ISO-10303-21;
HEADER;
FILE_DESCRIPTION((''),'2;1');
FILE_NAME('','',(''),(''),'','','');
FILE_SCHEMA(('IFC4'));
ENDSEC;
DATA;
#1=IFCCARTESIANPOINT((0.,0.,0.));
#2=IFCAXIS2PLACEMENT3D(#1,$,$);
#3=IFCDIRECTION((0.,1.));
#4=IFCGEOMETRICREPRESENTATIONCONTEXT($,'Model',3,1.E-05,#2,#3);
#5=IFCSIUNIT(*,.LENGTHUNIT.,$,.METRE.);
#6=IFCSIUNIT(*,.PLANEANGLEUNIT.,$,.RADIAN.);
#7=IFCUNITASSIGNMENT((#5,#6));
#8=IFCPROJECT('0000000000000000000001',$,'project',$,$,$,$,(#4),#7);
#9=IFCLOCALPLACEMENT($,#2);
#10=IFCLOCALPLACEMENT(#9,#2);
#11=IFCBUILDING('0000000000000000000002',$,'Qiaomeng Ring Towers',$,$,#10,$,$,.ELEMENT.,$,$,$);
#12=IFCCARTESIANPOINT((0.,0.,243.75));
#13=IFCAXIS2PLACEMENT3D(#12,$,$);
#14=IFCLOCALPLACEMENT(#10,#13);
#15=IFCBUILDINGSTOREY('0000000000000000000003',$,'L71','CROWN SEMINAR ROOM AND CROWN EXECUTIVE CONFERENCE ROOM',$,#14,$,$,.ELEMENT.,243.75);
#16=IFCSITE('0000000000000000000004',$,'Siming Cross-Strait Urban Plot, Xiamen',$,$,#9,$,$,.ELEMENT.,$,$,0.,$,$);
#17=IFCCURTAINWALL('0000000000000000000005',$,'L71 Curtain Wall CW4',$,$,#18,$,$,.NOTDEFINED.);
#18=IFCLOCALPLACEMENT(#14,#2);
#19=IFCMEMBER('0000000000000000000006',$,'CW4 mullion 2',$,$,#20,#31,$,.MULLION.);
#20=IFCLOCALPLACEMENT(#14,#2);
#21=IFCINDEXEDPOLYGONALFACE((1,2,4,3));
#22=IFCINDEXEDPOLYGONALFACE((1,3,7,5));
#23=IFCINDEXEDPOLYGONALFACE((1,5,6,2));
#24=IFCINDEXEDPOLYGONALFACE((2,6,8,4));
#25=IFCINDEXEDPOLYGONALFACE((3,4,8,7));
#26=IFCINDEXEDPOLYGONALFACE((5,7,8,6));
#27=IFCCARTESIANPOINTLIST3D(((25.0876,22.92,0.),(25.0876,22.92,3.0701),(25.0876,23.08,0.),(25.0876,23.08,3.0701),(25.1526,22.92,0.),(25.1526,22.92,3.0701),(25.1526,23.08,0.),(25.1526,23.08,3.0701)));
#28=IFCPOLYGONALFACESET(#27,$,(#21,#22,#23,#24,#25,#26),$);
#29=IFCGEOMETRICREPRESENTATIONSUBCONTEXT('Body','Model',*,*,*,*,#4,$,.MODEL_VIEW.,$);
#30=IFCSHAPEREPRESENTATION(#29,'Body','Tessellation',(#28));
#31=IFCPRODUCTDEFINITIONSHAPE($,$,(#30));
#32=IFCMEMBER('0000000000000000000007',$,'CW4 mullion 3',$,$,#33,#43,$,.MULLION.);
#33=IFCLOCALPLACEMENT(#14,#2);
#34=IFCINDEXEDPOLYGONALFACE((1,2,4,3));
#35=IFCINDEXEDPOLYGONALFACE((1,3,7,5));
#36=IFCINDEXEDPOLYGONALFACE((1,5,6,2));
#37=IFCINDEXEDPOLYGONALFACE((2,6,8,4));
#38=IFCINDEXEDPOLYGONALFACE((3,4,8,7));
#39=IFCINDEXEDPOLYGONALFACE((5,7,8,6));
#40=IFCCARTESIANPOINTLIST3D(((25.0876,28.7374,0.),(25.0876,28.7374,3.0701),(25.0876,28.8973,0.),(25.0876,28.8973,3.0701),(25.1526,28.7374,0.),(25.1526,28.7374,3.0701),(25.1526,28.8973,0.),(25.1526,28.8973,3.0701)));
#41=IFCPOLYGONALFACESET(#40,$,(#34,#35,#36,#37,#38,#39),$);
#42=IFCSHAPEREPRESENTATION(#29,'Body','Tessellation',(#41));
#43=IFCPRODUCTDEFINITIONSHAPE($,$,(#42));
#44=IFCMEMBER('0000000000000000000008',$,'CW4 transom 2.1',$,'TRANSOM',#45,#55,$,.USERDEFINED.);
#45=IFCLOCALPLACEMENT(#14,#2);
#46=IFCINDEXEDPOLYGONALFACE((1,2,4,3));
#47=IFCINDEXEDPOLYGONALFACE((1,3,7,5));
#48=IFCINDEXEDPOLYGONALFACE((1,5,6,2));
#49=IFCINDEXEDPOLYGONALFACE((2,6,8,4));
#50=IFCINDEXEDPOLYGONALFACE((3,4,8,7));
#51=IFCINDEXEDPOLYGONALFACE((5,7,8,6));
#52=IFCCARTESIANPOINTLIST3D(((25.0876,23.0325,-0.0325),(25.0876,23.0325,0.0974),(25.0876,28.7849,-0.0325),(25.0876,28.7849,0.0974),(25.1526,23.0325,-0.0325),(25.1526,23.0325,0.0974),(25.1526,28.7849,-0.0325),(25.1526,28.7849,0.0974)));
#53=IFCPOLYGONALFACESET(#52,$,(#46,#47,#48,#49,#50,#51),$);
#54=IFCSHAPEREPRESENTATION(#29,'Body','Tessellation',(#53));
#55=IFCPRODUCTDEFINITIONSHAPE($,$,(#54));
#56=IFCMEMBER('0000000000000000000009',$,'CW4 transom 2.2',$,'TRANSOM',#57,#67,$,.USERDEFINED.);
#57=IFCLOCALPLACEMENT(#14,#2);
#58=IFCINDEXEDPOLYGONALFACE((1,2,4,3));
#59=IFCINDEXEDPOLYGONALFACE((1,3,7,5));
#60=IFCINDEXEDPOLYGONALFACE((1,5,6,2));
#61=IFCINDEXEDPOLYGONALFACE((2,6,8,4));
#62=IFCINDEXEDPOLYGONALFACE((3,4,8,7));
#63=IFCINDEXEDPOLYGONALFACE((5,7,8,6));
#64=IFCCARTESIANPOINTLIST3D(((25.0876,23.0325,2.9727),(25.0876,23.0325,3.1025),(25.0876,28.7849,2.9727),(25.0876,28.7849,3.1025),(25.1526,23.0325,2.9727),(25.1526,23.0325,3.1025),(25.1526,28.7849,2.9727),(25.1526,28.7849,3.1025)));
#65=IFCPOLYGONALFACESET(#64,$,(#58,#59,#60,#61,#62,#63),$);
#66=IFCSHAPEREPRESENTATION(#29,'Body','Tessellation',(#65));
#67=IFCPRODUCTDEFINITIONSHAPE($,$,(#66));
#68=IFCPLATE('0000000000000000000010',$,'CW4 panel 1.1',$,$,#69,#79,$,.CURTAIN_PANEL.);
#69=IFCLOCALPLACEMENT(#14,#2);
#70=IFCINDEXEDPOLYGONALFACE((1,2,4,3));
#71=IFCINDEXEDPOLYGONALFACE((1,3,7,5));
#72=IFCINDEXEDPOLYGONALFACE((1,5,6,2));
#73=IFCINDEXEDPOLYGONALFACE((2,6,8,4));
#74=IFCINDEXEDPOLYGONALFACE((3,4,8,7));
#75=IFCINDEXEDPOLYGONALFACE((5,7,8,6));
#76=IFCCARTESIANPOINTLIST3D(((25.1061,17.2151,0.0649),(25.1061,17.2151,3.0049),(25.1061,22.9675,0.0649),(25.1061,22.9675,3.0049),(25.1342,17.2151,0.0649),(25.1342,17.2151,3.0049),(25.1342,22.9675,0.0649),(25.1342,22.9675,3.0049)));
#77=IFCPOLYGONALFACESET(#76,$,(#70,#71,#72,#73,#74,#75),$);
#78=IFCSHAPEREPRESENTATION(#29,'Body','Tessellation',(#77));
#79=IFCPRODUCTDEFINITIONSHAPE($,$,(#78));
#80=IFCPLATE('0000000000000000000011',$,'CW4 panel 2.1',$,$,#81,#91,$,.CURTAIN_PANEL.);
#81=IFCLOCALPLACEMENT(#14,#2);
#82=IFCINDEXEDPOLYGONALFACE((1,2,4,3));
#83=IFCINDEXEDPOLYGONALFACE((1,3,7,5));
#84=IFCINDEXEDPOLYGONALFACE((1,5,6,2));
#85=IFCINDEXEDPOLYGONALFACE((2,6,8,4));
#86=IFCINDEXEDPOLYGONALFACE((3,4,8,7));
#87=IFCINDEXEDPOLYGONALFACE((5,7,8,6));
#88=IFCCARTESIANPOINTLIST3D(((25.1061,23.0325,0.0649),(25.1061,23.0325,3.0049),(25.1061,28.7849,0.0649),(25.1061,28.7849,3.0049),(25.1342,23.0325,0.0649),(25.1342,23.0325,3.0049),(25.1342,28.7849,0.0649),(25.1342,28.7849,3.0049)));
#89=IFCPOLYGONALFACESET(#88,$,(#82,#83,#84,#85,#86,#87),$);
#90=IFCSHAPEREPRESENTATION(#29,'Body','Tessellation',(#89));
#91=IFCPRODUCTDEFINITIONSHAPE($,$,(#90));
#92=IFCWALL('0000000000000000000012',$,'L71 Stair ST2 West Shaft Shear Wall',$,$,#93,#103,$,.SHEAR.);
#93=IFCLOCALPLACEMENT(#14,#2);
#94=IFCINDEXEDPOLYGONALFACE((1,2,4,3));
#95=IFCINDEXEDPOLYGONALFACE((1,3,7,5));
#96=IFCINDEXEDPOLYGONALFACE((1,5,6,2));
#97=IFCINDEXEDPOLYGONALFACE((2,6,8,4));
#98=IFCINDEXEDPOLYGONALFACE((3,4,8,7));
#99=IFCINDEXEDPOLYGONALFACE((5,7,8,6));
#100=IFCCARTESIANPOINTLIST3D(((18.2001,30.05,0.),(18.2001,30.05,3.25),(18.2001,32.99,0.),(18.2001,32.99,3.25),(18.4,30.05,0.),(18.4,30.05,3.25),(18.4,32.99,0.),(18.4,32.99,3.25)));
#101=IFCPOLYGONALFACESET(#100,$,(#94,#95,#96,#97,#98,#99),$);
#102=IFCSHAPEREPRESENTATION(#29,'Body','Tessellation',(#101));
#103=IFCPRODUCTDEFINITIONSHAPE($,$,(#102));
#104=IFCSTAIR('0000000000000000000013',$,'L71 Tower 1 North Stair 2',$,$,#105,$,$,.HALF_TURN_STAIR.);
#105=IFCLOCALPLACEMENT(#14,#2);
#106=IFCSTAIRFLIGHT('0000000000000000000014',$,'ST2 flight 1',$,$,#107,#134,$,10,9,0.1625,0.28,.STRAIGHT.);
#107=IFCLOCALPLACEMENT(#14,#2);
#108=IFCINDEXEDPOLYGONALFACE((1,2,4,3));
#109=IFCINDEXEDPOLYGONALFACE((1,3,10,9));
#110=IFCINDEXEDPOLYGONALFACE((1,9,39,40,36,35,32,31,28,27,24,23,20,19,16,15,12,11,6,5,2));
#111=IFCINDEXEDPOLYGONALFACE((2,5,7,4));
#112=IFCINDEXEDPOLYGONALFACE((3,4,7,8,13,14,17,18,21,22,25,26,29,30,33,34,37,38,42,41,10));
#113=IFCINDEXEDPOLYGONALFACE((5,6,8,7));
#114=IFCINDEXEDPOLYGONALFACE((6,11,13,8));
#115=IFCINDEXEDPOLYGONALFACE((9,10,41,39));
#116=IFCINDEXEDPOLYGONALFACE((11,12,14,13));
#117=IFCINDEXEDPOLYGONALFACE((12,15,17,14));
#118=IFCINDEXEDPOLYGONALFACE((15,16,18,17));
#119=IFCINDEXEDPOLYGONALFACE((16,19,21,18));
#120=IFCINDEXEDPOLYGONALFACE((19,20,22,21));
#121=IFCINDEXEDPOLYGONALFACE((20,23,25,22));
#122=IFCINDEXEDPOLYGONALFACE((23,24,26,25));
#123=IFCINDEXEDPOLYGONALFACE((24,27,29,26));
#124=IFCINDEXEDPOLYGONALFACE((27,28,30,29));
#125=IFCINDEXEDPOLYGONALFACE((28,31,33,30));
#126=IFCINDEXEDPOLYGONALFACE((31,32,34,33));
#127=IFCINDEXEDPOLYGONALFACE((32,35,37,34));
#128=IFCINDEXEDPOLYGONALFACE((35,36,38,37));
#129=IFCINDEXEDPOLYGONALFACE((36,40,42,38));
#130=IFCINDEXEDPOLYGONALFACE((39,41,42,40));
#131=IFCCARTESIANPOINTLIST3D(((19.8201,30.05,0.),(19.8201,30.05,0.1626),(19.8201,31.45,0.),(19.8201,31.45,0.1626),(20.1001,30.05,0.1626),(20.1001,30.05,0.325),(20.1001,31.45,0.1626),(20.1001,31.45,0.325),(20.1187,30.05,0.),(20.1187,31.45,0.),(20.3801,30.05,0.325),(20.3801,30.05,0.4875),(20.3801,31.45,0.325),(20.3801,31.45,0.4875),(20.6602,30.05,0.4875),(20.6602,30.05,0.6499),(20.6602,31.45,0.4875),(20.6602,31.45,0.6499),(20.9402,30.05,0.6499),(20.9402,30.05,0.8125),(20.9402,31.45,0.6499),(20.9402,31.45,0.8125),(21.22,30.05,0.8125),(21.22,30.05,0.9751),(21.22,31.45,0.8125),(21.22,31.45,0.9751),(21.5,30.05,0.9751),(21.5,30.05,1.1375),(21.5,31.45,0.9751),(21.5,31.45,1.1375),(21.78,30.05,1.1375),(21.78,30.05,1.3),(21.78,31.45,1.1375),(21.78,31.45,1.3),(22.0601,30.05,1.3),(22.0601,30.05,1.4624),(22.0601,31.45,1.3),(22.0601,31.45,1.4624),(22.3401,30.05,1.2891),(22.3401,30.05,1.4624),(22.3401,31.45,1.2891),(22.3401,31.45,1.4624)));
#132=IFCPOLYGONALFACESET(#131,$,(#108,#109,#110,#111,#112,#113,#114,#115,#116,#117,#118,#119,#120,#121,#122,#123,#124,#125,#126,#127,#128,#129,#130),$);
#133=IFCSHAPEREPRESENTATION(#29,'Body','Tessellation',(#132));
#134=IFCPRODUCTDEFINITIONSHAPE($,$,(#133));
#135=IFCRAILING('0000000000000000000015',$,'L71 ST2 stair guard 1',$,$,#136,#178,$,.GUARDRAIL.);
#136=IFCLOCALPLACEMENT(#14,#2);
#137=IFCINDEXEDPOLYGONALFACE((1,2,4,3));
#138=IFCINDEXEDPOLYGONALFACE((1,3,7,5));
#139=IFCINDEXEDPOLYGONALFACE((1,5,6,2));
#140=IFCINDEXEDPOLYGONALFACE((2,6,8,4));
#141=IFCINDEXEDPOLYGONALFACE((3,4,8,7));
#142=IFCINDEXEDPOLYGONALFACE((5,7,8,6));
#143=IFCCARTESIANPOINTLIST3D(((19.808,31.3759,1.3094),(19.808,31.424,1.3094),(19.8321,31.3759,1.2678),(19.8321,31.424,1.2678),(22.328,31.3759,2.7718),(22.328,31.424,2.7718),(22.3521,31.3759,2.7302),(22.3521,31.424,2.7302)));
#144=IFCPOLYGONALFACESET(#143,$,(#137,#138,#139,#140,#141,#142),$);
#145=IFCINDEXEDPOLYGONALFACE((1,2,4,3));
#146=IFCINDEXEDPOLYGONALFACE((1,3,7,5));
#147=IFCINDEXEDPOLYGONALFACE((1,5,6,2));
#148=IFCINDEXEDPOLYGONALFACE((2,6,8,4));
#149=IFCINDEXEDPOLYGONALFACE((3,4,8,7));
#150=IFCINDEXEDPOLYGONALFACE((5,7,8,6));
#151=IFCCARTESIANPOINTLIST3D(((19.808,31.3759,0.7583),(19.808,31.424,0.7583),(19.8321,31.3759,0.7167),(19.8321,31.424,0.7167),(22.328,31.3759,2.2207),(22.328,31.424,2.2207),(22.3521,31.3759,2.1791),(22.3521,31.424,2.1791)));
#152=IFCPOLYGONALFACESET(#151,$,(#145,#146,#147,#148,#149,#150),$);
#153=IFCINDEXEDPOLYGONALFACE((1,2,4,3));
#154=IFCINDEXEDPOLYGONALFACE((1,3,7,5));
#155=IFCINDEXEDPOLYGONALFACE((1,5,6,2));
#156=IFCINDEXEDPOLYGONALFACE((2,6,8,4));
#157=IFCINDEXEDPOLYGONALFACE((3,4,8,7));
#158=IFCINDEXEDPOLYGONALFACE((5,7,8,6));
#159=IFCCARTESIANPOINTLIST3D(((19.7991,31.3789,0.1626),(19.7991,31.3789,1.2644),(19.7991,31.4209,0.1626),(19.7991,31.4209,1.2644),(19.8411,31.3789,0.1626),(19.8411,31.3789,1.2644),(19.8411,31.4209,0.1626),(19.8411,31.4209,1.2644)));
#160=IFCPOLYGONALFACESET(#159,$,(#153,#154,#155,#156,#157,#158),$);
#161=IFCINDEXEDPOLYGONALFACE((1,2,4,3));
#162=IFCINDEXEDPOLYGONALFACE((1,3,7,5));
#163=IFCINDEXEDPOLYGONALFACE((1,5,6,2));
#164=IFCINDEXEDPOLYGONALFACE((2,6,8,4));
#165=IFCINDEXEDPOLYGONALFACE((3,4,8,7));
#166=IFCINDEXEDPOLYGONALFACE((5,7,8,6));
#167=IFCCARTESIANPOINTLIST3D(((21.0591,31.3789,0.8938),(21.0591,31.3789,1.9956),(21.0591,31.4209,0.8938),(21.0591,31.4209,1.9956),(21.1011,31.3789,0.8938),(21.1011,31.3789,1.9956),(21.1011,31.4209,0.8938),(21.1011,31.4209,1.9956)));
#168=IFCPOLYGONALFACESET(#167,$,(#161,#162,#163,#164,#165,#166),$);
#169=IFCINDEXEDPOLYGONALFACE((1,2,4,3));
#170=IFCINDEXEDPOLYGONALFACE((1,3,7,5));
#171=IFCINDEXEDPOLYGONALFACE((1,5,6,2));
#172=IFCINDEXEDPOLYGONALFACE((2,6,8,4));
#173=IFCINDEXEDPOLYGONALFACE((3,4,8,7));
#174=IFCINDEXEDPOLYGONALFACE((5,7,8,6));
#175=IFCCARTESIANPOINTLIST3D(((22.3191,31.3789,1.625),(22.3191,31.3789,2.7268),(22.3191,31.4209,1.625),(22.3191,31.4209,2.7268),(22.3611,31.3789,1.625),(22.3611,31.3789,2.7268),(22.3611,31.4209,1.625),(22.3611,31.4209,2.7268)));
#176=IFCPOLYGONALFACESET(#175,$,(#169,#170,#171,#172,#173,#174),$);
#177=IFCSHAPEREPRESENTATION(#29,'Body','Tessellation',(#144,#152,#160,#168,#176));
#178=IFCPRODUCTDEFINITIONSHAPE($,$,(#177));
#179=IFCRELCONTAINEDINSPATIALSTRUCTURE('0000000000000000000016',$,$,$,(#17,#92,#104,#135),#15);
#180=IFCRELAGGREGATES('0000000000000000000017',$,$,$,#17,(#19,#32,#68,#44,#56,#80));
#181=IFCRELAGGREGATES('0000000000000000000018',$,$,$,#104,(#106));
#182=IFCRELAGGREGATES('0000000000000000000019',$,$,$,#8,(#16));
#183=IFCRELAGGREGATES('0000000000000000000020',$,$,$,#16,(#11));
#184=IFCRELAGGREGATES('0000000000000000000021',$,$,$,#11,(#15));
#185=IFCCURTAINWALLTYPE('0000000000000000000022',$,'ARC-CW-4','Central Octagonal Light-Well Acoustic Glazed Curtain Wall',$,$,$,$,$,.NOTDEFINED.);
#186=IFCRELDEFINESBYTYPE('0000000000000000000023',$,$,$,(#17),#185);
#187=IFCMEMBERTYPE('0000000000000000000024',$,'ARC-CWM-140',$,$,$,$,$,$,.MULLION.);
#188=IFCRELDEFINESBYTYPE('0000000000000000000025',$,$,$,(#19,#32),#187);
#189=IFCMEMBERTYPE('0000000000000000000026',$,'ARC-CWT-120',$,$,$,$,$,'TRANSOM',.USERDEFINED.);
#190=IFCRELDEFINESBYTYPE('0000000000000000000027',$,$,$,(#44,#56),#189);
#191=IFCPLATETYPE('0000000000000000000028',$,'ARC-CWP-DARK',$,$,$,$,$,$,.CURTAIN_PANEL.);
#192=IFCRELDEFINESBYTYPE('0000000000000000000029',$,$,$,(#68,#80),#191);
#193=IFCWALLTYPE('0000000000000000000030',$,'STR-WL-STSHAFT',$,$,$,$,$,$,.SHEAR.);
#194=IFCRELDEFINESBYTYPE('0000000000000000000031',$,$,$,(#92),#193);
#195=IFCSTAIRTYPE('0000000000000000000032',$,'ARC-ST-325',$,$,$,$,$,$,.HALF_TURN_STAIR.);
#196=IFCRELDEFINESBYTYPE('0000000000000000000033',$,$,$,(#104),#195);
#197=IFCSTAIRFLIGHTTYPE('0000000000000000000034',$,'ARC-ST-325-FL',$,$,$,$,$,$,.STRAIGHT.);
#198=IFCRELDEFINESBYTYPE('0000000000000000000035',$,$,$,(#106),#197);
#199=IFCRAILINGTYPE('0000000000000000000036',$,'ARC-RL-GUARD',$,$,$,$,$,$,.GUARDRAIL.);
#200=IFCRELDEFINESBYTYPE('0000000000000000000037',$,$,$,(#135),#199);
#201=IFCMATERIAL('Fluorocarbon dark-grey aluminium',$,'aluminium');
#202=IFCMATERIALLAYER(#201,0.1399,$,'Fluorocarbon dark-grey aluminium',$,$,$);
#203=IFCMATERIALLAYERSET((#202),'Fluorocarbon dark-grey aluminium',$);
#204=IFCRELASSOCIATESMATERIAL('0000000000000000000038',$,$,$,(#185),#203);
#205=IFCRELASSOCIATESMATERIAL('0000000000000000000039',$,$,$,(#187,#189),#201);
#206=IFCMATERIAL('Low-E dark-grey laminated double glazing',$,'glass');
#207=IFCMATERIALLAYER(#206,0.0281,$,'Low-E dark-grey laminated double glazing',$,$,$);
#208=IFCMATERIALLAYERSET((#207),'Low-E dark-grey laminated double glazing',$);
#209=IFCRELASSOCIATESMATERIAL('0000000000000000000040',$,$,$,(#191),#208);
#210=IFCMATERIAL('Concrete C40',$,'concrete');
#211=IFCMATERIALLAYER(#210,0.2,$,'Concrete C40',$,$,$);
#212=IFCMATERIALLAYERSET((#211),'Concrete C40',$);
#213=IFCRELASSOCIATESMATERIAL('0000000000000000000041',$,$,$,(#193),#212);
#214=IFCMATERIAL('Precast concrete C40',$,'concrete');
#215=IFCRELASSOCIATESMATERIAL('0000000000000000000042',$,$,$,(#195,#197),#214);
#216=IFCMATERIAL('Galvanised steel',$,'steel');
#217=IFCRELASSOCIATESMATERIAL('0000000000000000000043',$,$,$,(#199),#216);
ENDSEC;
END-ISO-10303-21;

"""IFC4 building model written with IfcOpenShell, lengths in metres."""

from ifc_helpers import new_model, si_unit, direction, frame, frame_2d, origin, origin_2d, place, context, subcontext, project, spatial, polyline, rectangle, outline, extrude, source, transform, mapped, material, layer, layer_set, material_profile, profile_set, type_object, element, aggregate, save


model = new_model("IFC4")

# Units and contexts
model_context = context("Model", 3, precision=1e-05, world=origin(), true_north=direction((0.0, 1.0)))
body_context = subcontext(model_context, "Body", "Model", "MODEL_VIEW")
ifc_project = project(units=[si_unit("LENGTHUNIT", "METRE"), si_unit("PLANEANGLEUNIT", "RADIAN")], contexts=[model_context])

# Site, building, storey
site_placement = place(None, origin())
site = spatial("IfcSite", under=ifc_project, at=site_placement, Name="Siming Cross-Strait Urban Plot, Xiamen", CompositionType="ELEMENT", RefElevation=0.0)
building_placement = place(site_placement, origin())
building = spatial("IfcBuilding", under=site, at=building_placement, Name="Qiaomeng Ring Towers", CompositionType="ELEMENT")
storey_placement = place(building_placement, frame((0.0, 0.0, 243.75)))
storey = spatial("IfcBuildingStorey", under=building, at=storey_placement, Name="L71", Description="CROWN SEMINAR ROOM AND CROWN EXECUTIVE CONFERENCE ROOM", CompositionType="ELEMENT", Elevation=243.75)

# Curtain wall, members, plates
ifc_material_1 = material(Name="Fluorocarbon dark-grey aluminium", Category="aluminium")
ifc_layer_1 = layer(ifc_material_1, 0.1399, Name="Fluorocarbon dark-grey aluminium")
ifc_layer_set_1 = layer_set([ifc_layer_1], Name="Fluorocarbon dark-grey aluminium")
curtain_wall_type = type_object("IfcCurtainWallType", Name="ARC-CW-4", Description="Central Octagonal Light-Well Acoustic Glazed Curtain Wall", PredefinedType="NOTDEFINED", material=ifc_layer_set_1)
curtain_wall_placement = place(storey_placement, origin())
curtain_wall = element("IfcCurtainWall", 1, at=curtain_wall_placement, inside=storey, type_object=curtain_wall_type, Name="L71 Curtain Wall CW4", PredefinedType="NOTDEFINED")
ifc_material_profile_1 = material_profile(ifc_material_1, rectangle(XDim=0.0649, YDim=0.1599, at=origin_2d()), Name="ALU MULL 65x160")
ifc_profile_set_1 = profile_set([ifc_material_profile_1], Name="Fluorocarbon dark-grey aluminium")
member_type_1 = type_object("IfcMemberType", Name="ARC-CWM-140", PredefinedType="MULLION", material=ifc_profile_set_1)
shared_shape_1 = source(origin(), body_context, "Body", "SweptSolid", [
    extrude(rectangle(XDim=0.0649, YDim=0.1599, at=origin_2d()), origin(), (0.0, 0.0, 1.0), 3.0701),
])
member_1_placement = place(storey_placement, frame((25.1201, 23.0, 0.0), z_axis=(0.0, 0.0, 1.0), x_axis=(-1.0, 0.0, 0.0)))
member_1 = element("IfcMember", 2, at=member_1_placement, type_object=member_type_1, Name="CW4 mullion 2", PredefinedType="MULLION", context=body_context, shape_type="MappedRepresentation", body=[
    mapped(shared_shape_1, transform((0.0, 0.0, 0.0), x_axis=(1.0, 0.0, 0.0), y_axis=(0.0, 1.0, 0.0), z_axis=(0.0, 0.0, 1.0), scale=1.0)),
])
member_2_placement = place(storey_placement, frame((25.1201, 28.8174, 0.0), z_axis=(0.0, 0.0, 1.0), x_axis=(-1.0, 0.0, 0.0)))
member_2 = element("IfcMember", 3, at=member_2_placement, type_object=member_type_1, Name="CW4 mullion 3", PredefinedType="MULLION", context=body_context, shape_type="MappedRepresentation", body=[
    mapped(shared_shape_1, transform((0.0, 0.0, 0.0), x_axis=(1.0, 0.0, 0.0), y_axis=(0.0, 1.0, 0.0), z_axis=(0.0, 0.0, 1.0), scale=1.0)),
])
ifc_material_profile_2 = material_profile(ifc_material_1, rectangle(XDim=0.0649, YDim=0.1299, at=origin_2d()), Name="ALU TRAN 65x130")
ifc_profile_set_2 = profile_set([ifc_material_profile_2], Name="Fluorocarbon dark-grey aluminium")
member_type_2 = type_object("IfcMemberType", Name="ARC-CWT-120", ElementType="TRANSOM", PredefinedType="USERDEFINED", material=ifc_profile_set_2)
shared_shape_2 = source(origin(), body_context, "Body", "SweptSolid", [
    extrude(rectangle(XDim=0.0649, YDim=0.1299, at=origin_2d()), origin(), (0.0, 0.0, 1.0), 5.7524),
])
member_3_placement = place(storey_placement, frame((25.1201, 23.0325, 0.0325), z_axis=(0.0, 1.0, 0.0), x_axis=(-1.0, 0.0, 0.0)))
member_3 = element("IfcMember", 4, at=member_3_placement, type_object=member_type_2, Name="CW4 transom 2.1", ObjectType="TRANSOM", PredefinedType="USERDEFINED", context=body_context, shape_type="MappedRepresentation", body=[
    mapped(shared_shape_2, transform((0.0, 0.0, 0.0), x_axis=(1.0, 0.0, 0.0), y_axis=(0.0, 1.0, 0.0), z_axis=(0.0, 0.0, 1.0), scale=1.0)),
])
member_4_placement = place(storey_placement, frame((25.1201, 23.0325, 3.0376), z_axis=(0.0, 1.0, 0.0), x_axis=(-1.0, 0.0, 0.0)))
member_4 = element("IfcMember", 5, at=member_4_placement, type_object=member_type_2, Name="CW4 transom 2.2", ObjectType="TRANSOM", PredefinedType="USERDEFINED", context=body_context, shape_type="MappedRepresentation", body=[
    mapped(shared_shape_2, transform((0.0, 0.0, 0.0), x_axis=(1.0, 0.0, 0.0), y_axis=(0.0, 1.0, 0.0), z_axis=(0.0, 0.0, 1.0), scale=1.0)),
])
ifc_material_2 = material(Name="Low-E dark-grey laminated double glazing", Category="glass")
ifc_layer_2 = layer(ifc_material_2, 0.0281, Name="Low-E dark-grey laminated double glazing")
ifc_layer_set_2 = layer_set([ifc_layer_2], Name="Low-E dark-grey laminated double glazing")
plate_type = type_object("IfcPlateType", Name="ARC-CWP-DARK", PredefinedType="CURTAIN_PANEL", material=ifc_layer_set_2)
shared_shape_3 = source(origin(), body_context, "Body", "SweptSolid", [
    extrude(rectangle(XDim=5.7524, YDim=0.0281, at=origin_2d()), origin(), (0.0, 0.0, 1.0), 2.9399),
])
plate_1_placement = place(storey_placement, frame((25.1201, 20.0913, 0.0649), z_axis=(0.0, 0.0, 1.0), x_axis=(0.0, 1.0, 0.0)))
plate_1 = element("IfcPlate", 6, at=plate_1_placement, type_object=plate_type, Name="CW4 panel 1.1", PredefinedType="CURTAIN_PANEL", context=body_context, shape_type="MappedRepresentation", body=[
    mapped(shared_shape_3, transform((0.0, 0.0, 0.0), x_axis=(1.0, 0.0, 0.0), y_axis=(0.0, 1.0, 0.0), z_axis=(0.0, 0.0, 1.0), scale=1.0)),
])
plate_2_placement = place(storey_placement, frame((25.1201, 25.9087, 0.0649), z_axis=(0.0, 0.0, 1.0), x_axis=(0.0, 1.0, 0.0)))
plate_2 = element("IfcPlate", 7, at=plate_2_placement, type_object=plate_type, Name="CW4 panel 2.1", PredefinedType="CURTAIN_PANEL", context=body_context, shape_type="MappedRepresentation", body=[
    mapped(shared_shape_3, transform((0.0, 0.0, 0.0), x_axis=(1.0, 0.0, 0.0), y_axis=(0.0, 1.0, 0.0), z_axis=(0.0, 0.0, 1.0), scale=1.0)),
])
aggregate(curtain_wall, [member_1, member_2, plate_1, member_3, member_4, plate_2])

# Wall
ifc_material_3 = material(Name="Concrete C40", Category="concrete")
ifc_layer_3 = layer(ifc_material_3, 0.2, Name="Concrete C40")
ifc_layer_set_3 = layer_set([ifc_layer_3], Name="Concrete C40")
wall_type = type_object("IfcWallType", Name="STR-WL-STSHAFT", PredefinedType="SHEAR", material=ifc_layer_set_3)
wall_placement = place(storey_placement, frame((18.3, 30.05, 0.0), z_axis=(0.0, 0.0, 1.0), x_axis=(0.0, 1.0, 0.0)))
element("IfcWall", 8, at=wall_placement, inside=storey, type_object=wall_type, Name="L71 Stair ST2 West Shaft Shear Wall", PredefinedType="SHEAR", context=body_context, shape_type="SweptSolid", body=[
    extrude(rectangle(XDim=2.9399, YDim=0.2, at=frame_2d((1.47, 0.0))), origin(), (0.0, 0.0, 1.0), 3.25),
])

# Stair, stair flight
ifc_material_4 = material(Name="Precast concrete C40", Category="concrete")
stair_type = type_object("IfcStairType", Name="ARC-ST-325", PredefinedType="HALF_TURN_STAIR", material=ifc_material_4)
stair_placement = place(storey_placement, origin())
stair = element("IfcStair", 9, at=stair_placement, inside=storey, type_object=stair_type, Name="L71 Tower 1 North Stair 2", PredefinedType="HALF_TURN_STAIR")
stair_flight_type = type_object("IfcStairFlightType", Name="ARC-ST-325-FL", PredefinedType="STRAIGHT", material=ifc_material_4)
shared_shape_4 = source(origin(), body_context, "Body", "SweptSolid", [
    extrude(outline(polyline([(0.0, 0.0), (0.0, 0.1626), (0.28, 0.1626), (0.28, 0.325), (0.5601, 0.325), (0.5601, 0.4875), (0.8401, 0.4875), (0.8401, 0.6499), (1.1201, 0.6499), (1.1201, 0.8125), (1.3999, 0.8125), (1.3999, 0.9751), (1.6799, 0.9751), (1.6799, 1.1375), (1.96, 1.1375), (1.96, 1.3), (2.24, 1.3), (2.24, 1.4624), (2.52, 1.4624), (2.52, 1.625), (2.52, 1.2891), (0.2986, 0.0), (0.0, 0.0)])), frame((0.0, 0.7, 0.0), z_axis=(0.0, -1.0, 0.0), x_axis=(1.0, 0.0, 0.0)), (0.0, 0.0, 1.0), 1.3999),
])
stair_flight_placement = place(storey_placement, frame((19.8201, 30.75, 0.0), z_axis=(0.0, 0.0, 1.0), x_axis=(1.0, 0.0, 0.0)))
stair_flight = element("IfcStairFlight", 10, at=stair_flight_placement, type_object=stair_flight_type, Name="ST2 flight 1", NumberOfRisers=10, NumberOfTreads=9, PredefinedType="STRAIGHT", RiserHeight=0.1625, TreadLength=0.28, context=body_context, shape_type="MappedRepresentation", body=[
    mapped(shared_shape_4, transform((0.0, 0.0, 0.0), x_axis=(1.0, 0.0, 0.0), y_axis=(0.0, 1.0, 0.0), z_axis=(0.0, 0.0, 1.0), scale=1.0)),
])
aggregate(stair, [stair_flight])

# Railing
ifc_material_5 = material(Name="Galvanised steel", Category="steel")
railing_type_1 = type_object("IfcRailingType", Name="ARC-RL-GUARD", PredefinedType="GUARDRAIL", material=ifc_material_5)
railing_1_placement = place(storey_placement, frame((19.8201, 31.3999, 0.1626)))
element("IfcRailing", 11, at=railing_1_placement, inside=storey, type_object=railing_type_1, Name="L71 ST2 stair guard 1", PredefinedType="GUARDRAIL", context=body_context, shape_type="SweptSolid", body=[
    extrude(rectangle(XDim=0.0481, YDim=0.0481, at=origin_2d()), frame((0.0, 0.0, 1.126), z_axis=(0.864913, 0.0, 0.501921), x_axis=(0.0, 1.0, 0.0)), (0.0, 0.0, 1.0), 2.9136),
    extrude(rectangle(XDim=0.0481, YDim=0.0481, at=origin_2d()), frame((0.0, 0.0, 0.575), z_axis=(0.864913, 0.0, 0.501921), x_axis=(0.0, 1.0, 0.0)), (0.0, 0.0, 1.0), 2.9136),
    extrude(rectangle(XDim=0.042, YDim=0.042, at=origin_2d()), origin(), (0.0, 0.0, 1.0), 1.1018),
    extrude(rectangle(XDim=0.042, YDim=0.042, at=origin_2d()), frame((1.26, 0.0, 0.7312)), (0.0, 0.0, 1.0), 1.1018),
    extrude(rectangle(XDim=0.042, YDim=0.042, at=origin_2d()), frame((2.52, 0.0, 1.4624)), (0.0, 0.0, 1.0), 1.1018),
])

save(model, "model.ifc")
